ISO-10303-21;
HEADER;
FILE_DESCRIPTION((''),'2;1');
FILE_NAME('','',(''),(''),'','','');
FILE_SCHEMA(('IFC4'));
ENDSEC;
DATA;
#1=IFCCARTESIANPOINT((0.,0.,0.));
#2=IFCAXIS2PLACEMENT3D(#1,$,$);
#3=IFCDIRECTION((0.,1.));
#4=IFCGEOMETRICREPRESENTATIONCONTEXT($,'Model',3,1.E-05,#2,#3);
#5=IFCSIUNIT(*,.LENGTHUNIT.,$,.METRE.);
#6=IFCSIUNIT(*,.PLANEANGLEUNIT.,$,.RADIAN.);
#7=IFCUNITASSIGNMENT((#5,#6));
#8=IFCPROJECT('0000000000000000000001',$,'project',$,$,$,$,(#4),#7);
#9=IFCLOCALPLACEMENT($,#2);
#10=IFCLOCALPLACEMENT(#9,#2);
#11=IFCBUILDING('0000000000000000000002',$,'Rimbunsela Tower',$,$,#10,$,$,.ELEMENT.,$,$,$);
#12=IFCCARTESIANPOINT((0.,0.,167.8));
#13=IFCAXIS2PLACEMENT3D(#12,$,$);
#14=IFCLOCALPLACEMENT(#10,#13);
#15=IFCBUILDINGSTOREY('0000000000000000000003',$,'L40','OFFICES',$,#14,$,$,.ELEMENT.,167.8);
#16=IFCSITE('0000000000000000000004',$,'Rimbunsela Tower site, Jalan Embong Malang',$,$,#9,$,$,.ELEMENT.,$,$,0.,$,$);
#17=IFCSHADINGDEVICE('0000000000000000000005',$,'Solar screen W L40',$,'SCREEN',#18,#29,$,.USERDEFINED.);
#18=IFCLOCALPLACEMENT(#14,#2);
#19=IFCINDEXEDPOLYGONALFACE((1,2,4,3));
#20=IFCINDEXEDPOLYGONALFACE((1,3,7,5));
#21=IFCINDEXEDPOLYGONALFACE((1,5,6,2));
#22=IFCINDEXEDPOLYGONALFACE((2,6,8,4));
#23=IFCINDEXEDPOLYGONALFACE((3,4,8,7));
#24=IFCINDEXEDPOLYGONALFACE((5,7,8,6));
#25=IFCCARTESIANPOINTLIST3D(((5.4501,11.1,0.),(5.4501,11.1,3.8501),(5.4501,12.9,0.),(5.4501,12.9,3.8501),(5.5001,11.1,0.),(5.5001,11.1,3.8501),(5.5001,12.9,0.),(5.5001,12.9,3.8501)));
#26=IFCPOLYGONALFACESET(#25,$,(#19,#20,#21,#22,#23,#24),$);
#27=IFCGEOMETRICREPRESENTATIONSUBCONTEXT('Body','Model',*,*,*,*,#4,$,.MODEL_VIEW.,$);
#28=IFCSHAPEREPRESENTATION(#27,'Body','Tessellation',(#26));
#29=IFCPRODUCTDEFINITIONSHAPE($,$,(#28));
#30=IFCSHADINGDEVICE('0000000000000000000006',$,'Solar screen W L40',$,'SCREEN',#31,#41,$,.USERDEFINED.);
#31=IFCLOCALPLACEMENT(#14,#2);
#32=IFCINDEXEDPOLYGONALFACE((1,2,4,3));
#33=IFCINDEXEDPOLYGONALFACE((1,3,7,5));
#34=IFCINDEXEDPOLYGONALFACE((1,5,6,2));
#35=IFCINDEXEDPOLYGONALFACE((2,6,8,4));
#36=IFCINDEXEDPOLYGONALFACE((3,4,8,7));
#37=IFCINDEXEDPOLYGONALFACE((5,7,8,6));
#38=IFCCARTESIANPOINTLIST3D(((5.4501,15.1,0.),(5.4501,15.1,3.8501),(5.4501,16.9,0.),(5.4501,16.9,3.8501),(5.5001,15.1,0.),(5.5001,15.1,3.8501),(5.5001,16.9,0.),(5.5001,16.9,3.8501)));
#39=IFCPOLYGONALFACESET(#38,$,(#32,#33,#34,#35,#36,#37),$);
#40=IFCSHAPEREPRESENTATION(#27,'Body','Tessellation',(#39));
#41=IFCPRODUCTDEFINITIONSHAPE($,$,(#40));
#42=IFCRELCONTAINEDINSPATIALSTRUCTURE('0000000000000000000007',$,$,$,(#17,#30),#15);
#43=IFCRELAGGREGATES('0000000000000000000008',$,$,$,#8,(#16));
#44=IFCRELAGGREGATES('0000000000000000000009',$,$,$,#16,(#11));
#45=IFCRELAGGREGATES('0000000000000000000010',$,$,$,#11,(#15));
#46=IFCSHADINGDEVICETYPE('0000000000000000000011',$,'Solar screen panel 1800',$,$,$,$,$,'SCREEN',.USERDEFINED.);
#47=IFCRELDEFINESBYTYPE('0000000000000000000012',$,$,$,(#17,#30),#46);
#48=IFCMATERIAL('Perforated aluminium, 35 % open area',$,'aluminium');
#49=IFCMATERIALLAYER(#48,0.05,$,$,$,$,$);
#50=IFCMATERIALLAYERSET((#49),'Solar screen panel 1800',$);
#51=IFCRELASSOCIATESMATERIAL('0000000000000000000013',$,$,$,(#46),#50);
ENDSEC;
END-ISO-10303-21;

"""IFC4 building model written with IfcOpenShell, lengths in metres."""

from ifc_helpers import new_model, si_unit, direction, frame, origin, origin_2d, place, context, subcontext, project, spatial, rectangle, extrude, material, layer, layer_set, type_object, element, save


model = new_model("IFC4")

# Units and contexts
model_context = context("Model", 3, precision=1e-05, world=origin(), true_north=direction((0.0, 1.0)))
body_context = subcontext(model_context, "Body", "Model", "MODEL_VIEW")
ifc_project = project(units=[si_unit("LENGTHUNIT", "METRE"), si_unit("PLANEANGLEUNIT", "RADIAN")], contexts=[model_context])

# Site, building, storey
site_placement = place(None, origin())
site = spatial("IfcSite", under=ifc_project, at=site_placement, Name="Rimbunsela Tower site, Jalan Embong Malang", CompositionType="ELEMENT", RefElevation=0.0)
building_placement = place(site_placement, origin())
building = spatial("IfcBuilding", under=site, at=building_placement, Name="Rimbunsela Tower", CompositionType="ELEMENT")
storey_placement = place(building_placement, frame((0.0, 0.0, 167.8)))
storey = spatial("IfcBuildingStorey", under=building, at=storey_placement, Name="L40", Description="OFFICES", CompositionType="ELEMENT", Elevation=167.8)

# Shading devices
ifc_material_1 = material(Name="Perforated aluminium, 35 % open area", Category="aluminium")
ifc_layer_1 = layer(ifc_material_1, 0.05)
ifc_layer_set_1 = layer_set([ifc_layer_1], Name="Solar screen panel 1800")
shading_device_type = type_object("IfcShadingDeviceType", Name="Solar screen panel 1800", ElementType="SCREEN", PredefinedType="USERDEFINED", material=ifc_layer_set_1)
for number, where, z_axis, x_axis, name in (
    (1, (5.4751, 12.0, 0.0), (0.0, 0.0, 1.0), (0.0, 1.0, 0.0), "Solar screen W L40"),
    (2, (5.4751, 16.0, 0.0), (0.0, 0.0, 1.0), (0.0, 1.0, 0.0), "Solar screen W L40"),
):
    element("IfcShadingDevice", number, at=place(storey_placement, frame(where, z_axis=z_axis, x_axis=x_axis)), inside=storey, type_object=shading_device_type, Name=name, ObjectType="SCREEN", PredefinedType="USERDEFINED", context=body_context, shape_type="SweptSolid", body=[
        extrude(rectangle(XDim=1.8, YDim=0.05, at=origin_2d()), origin(), (0.0, 0.0, 1.0), 3.8501),
    ])

save(model, "model.ifc")
